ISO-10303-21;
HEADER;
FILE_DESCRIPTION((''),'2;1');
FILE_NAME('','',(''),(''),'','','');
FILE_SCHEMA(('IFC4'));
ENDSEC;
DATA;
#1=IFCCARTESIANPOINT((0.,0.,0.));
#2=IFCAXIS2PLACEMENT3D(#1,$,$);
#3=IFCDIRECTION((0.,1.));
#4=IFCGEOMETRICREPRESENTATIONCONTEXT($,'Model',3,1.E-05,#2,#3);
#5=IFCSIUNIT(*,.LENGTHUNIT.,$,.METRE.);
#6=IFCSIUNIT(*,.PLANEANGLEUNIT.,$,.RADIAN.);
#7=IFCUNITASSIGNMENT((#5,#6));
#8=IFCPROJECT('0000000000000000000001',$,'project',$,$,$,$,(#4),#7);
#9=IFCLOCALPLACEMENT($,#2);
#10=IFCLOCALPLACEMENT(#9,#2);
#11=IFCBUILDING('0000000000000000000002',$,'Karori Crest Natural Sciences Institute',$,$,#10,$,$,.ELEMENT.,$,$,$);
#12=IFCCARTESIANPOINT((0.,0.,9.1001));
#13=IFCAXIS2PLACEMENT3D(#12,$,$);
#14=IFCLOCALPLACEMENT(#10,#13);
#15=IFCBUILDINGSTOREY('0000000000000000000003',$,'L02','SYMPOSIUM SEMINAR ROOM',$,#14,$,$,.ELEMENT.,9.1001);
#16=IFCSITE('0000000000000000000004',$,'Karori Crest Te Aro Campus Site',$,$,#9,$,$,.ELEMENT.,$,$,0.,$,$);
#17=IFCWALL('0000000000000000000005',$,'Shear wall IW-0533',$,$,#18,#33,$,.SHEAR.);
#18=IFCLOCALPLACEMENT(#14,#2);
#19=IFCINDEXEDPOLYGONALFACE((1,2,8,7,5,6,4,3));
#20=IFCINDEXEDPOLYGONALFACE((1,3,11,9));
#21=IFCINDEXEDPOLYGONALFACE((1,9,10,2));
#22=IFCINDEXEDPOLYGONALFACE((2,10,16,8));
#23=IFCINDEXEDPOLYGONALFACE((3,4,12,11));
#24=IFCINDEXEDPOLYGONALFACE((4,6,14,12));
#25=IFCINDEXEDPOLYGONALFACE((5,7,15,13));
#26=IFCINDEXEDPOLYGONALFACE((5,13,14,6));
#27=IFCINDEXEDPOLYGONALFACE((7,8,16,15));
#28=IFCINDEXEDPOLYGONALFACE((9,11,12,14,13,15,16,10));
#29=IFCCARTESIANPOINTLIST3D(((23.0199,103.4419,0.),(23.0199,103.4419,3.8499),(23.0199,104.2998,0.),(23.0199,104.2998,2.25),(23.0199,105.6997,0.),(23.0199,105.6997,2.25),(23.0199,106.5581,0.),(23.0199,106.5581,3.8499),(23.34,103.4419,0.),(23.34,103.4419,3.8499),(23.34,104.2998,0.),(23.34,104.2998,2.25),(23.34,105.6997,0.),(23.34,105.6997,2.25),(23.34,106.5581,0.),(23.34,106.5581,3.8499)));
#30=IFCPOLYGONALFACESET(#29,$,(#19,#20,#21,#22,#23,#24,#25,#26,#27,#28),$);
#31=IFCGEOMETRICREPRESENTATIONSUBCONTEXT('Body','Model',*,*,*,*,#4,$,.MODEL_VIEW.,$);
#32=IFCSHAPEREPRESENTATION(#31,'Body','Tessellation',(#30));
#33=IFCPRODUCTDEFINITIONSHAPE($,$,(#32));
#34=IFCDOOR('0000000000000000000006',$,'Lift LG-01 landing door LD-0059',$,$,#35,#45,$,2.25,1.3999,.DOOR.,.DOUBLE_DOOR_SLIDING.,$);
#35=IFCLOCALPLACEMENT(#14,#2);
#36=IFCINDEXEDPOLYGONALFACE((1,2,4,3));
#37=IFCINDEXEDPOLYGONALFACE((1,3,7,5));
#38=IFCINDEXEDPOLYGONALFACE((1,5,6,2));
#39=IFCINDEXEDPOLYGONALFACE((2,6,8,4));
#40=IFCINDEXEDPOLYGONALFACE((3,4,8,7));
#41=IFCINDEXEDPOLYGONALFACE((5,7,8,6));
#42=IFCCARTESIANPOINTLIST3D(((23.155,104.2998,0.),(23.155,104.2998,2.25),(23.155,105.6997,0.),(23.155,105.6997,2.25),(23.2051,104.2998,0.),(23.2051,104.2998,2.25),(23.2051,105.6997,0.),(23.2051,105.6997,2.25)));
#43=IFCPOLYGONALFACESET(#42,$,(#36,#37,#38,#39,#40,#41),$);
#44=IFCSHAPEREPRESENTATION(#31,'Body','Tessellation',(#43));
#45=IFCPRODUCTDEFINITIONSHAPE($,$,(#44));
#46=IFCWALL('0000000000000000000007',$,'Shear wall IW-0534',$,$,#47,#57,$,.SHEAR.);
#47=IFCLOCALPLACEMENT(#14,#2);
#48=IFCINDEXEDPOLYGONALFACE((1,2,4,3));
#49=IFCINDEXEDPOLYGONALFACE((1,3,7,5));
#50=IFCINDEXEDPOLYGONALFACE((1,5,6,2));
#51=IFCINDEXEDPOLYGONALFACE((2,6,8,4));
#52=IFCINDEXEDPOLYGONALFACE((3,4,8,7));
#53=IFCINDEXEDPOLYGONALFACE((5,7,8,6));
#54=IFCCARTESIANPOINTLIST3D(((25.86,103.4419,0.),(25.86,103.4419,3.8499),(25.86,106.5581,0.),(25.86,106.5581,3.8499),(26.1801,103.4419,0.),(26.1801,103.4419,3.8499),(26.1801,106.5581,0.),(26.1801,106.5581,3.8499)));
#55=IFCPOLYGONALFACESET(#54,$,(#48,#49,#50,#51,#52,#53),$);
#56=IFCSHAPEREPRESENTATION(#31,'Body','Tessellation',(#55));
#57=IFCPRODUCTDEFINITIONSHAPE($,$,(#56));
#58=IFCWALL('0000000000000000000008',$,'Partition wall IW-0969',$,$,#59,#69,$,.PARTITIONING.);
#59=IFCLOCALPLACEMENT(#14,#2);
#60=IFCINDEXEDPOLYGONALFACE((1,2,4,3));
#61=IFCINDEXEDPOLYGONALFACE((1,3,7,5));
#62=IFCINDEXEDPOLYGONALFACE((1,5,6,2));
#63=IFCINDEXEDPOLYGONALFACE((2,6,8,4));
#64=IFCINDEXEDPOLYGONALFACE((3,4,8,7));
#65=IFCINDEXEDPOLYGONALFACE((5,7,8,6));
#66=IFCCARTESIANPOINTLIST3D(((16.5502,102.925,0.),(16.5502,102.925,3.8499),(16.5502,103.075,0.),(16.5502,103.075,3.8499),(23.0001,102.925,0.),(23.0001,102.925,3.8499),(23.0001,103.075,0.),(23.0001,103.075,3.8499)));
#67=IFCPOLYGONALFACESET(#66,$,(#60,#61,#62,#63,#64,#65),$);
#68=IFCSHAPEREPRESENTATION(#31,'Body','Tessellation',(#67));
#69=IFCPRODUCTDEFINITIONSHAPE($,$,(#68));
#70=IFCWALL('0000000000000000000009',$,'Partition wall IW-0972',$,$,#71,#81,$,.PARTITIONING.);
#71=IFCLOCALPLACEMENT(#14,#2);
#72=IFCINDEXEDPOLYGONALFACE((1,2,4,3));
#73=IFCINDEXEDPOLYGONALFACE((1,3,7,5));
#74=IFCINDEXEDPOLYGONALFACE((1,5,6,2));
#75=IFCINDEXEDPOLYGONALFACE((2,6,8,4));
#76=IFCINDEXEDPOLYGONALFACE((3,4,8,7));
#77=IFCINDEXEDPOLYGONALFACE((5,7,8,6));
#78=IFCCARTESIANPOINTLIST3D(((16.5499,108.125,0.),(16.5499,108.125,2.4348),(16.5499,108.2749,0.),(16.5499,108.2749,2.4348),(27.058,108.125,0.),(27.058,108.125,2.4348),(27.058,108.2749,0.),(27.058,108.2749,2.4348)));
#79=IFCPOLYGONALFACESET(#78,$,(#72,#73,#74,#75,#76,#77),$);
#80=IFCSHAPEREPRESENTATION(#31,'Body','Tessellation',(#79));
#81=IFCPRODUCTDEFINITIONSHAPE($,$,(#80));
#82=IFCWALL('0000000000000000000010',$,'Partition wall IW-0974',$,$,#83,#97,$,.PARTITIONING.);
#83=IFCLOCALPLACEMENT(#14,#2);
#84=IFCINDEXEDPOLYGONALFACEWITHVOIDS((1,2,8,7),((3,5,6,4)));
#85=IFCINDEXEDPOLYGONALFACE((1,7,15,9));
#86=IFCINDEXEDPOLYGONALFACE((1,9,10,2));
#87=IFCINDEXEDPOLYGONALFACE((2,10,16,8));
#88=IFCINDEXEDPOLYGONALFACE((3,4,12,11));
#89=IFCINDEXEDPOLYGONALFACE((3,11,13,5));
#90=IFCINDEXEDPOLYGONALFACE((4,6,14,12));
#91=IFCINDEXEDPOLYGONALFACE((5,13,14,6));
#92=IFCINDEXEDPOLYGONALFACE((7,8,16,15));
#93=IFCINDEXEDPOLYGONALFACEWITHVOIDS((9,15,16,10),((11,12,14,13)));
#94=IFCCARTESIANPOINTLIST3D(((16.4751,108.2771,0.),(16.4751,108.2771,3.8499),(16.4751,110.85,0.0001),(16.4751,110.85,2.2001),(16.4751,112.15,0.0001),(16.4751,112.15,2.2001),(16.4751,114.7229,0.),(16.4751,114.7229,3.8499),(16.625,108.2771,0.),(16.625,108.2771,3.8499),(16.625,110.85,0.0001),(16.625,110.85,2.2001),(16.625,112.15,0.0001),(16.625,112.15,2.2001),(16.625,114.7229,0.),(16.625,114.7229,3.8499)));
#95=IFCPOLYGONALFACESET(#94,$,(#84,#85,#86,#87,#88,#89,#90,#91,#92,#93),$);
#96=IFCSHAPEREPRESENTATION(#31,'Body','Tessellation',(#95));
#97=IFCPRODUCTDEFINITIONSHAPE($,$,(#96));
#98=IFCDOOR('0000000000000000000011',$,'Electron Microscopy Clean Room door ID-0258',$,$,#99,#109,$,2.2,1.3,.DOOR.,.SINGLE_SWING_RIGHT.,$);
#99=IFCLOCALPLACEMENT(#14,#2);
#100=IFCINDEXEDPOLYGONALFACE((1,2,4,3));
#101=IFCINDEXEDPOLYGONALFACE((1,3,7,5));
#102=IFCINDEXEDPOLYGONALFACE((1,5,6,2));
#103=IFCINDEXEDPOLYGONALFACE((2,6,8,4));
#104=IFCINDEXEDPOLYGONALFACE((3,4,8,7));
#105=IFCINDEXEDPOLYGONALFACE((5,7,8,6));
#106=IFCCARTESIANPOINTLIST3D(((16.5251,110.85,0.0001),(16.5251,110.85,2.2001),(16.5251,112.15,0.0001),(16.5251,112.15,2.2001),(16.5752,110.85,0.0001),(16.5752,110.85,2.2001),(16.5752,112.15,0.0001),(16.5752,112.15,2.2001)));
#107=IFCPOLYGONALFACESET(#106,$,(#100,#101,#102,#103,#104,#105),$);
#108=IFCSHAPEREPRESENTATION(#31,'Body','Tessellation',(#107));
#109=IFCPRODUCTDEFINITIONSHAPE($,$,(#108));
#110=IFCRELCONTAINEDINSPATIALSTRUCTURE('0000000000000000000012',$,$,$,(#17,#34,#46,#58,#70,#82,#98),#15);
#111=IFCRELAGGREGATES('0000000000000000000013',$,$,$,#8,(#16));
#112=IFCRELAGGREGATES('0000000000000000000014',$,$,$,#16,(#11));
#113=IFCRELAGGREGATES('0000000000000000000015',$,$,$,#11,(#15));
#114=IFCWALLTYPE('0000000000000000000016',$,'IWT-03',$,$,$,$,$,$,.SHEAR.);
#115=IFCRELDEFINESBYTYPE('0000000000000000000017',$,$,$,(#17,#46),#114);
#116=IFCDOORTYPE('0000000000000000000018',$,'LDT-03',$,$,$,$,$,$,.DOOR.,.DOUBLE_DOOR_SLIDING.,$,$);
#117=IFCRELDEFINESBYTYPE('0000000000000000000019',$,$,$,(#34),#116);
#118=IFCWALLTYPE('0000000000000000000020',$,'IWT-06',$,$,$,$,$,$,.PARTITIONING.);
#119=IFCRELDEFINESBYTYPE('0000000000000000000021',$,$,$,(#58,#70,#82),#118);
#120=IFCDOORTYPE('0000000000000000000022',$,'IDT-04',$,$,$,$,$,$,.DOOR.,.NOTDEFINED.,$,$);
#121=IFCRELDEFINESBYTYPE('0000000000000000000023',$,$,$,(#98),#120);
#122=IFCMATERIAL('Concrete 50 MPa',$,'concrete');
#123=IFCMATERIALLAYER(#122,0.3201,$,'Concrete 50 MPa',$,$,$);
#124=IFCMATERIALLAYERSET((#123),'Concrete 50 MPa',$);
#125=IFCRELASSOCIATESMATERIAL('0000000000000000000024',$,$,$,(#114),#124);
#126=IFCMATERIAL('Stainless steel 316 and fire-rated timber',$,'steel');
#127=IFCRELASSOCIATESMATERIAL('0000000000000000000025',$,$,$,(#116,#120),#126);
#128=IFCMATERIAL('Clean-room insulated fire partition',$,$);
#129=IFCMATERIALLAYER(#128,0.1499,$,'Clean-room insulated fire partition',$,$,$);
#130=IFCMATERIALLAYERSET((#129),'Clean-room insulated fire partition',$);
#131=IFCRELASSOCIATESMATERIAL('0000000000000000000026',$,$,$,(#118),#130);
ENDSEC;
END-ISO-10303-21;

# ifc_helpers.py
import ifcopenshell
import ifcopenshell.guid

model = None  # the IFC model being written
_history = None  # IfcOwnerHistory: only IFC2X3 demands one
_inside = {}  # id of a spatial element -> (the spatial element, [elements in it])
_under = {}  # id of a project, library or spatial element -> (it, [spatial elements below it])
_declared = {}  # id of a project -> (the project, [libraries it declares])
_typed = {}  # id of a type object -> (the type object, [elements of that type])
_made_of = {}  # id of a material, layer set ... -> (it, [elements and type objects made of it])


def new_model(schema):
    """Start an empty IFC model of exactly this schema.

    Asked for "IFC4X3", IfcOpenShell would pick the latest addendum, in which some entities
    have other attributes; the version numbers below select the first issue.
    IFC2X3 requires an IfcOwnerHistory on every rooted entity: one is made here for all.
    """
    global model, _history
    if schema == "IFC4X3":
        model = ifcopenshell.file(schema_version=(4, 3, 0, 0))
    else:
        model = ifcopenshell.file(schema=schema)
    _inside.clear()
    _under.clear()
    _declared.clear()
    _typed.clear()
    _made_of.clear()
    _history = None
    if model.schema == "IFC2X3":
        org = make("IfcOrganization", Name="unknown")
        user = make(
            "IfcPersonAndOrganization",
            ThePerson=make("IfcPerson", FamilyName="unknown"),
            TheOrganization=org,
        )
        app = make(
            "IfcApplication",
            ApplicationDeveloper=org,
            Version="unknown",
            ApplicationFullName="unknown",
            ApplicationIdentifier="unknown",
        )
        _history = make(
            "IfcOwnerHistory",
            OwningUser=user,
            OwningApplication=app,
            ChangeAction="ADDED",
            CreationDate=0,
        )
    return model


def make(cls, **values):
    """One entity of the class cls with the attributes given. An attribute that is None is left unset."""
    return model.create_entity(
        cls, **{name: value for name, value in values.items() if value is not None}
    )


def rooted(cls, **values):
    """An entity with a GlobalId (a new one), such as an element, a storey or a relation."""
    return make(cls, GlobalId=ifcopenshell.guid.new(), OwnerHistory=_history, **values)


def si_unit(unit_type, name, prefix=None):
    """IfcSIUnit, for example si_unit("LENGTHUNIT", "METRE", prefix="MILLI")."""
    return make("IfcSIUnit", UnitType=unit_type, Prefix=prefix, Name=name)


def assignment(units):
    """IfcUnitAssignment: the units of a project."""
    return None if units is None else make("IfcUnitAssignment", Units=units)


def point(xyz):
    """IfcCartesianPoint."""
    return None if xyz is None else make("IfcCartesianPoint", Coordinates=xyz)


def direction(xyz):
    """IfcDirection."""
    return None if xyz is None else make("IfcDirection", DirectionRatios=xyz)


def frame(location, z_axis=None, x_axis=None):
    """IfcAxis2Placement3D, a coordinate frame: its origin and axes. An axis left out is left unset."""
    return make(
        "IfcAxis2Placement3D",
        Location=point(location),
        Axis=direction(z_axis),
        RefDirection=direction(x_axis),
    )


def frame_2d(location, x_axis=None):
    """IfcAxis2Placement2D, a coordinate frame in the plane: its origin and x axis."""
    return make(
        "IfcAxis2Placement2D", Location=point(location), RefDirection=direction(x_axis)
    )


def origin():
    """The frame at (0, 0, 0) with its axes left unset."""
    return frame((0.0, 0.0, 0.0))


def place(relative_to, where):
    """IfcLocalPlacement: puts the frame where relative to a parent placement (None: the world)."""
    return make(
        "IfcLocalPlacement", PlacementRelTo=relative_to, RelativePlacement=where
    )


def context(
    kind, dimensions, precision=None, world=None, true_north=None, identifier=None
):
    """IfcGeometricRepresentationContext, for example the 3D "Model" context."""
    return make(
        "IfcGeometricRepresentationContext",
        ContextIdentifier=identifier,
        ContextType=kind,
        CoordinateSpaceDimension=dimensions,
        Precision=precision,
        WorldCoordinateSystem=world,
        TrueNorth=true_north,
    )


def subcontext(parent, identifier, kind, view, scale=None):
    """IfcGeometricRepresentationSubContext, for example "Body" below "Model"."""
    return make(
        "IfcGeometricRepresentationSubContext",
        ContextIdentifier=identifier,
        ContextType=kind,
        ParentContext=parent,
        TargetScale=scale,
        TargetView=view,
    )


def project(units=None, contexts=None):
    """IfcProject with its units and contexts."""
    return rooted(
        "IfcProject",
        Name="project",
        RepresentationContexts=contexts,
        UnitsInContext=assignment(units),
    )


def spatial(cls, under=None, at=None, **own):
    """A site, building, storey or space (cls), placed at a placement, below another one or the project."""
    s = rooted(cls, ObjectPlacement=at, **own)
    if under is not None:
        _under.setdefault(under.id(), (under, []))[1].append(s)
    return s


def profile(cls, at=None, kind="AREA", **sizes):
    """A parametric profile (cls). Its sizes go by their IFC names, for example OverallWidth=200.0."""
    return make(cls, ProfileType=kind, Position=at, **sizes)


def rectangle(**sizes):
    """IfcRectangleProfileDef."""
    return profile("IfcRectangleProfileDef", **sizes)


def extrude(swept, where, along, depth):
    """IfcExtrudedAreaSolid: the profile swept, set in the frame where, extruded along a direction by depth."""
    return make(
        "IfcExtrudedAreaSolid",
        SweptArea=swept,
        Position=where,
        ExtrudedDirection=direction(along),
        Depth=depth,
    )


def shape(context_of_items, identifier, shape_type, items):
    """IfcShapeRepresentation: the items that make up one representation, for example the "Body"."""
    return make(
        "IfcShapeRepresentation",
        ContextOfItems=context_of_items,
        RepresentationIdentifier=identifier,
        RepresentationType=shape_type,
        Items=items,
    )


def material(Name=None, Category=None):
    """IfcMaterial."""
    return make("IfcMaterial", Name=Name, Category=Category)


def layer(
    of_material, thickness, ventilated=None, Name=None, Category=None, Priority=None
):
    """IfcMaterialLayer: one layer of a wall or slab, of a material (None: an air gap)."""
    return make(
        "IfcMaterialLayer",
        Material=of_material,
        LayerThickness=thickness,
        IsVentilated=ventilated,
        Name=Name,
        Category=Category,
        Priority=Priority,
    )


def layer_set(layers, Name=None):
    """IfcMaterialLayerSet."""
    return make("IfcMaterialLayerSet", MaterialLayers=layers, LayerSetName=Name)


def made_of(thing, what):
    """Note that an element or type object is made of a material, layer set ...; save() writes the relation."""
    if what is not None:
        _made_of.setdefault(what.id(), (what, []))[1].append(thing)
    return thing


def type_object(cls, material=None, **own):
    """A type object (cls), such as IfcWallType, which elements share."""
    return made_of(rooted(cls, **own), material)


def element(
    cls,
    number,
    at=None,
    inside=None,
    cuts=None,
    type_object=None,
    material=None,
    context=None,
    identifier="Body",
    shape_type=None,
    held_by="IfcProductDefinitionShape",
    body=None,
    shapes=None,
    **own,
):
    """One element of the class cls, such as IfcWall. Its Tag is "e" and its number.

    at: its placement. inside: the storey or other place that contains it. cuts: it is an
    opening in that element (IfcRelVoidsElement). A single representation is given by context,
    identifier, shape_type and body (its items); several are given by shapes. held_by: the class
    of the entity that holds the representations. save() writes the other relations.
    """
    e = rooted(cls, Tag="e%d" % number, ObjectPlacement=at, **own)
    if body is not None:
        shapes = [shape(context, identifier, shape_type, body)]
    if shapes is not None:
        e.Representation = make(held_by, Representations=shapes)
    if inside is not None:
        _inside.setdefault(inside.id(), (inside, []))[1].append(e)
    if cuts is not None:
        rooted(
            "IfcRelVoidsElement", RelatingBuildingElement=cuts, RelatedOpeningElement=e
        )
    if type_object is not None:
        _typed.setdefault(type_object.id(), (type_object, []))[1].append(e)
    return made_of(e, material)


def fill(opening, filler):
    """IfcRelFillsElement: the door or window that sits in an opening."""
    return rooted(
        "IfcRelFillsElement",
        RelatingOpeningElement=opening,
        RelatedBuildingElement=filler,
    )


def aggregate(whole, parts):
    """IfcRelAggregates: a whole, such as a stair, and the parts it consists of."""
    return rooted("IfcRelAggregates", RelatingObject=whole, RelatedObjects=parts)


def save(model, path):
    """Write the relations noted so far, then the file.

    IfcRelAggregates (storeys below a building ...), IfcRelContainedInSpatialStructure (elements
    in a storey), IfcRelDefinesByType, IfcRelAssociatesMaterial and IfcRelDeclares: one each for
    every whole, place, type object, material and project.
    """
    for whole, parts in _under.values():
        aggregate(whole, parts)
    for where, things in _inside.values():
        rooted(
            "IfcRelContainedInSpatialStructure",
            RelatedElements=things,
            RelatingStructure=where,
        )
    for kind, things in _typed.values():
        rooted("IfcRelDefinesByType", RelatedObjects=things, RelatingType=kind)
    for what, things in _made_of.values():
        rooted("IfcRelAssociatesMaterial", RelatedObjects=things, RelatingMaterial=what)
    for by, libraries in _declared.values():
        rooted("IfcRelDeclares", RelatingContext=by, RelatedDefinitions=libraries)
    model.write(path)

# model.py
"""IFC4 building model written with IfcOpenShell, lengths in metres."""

from ifc_helpers import new_model, si_unit, direction, frame, frame_2d, origin, place, context, subcontext, project, spatial, rectangle, extrude, material, layer, layer_set, type_object, element, fill, save


model = new_model("IFC4")

# Units and contexts
model_context = context("Model", 3, precision=1e-05, world=origin(), true_north=direction((0.0, 1.0)))
body_context = subcontext(model_context, "Body", "Model", "MODEL_VIEW")
ifc_project = project(units=[si_unit("LENGTHUNIT", "METRE"), si_unit("PLANEANGLEUNIT", "RADIAN")], contexts=[model_context])

# Site, building, storey
site_placement = place(None, origin())
site = spatial("IfcSite", under=ifc_project, at=site_placement, Name="Karori Crest Te Aro Campus Site", CompositionType="ELEMENT", RefElevation=0.0)
building_placement = place(site_placement, origin())
building = spatial("IfcBuilding", under=site, at=building_placement, Name="Karori Crest Natural Sciences Institute", CompositionType="ELEMENT")
storey_placement = place(building_placement, frame((0.0, 0.0, 9.1001)))
storey = spatial("IfcBuildingStorey", under=building, at=storey_placement, Name="L02", Description="SYMPOSIUM SEMINAR ROOM", CompositionType="ELEMENT", Elevation=9.1001)

# Shared definitions
ifc_material_1 = material(Name="Concrete 50 MPa", Category="concrete")

# Shared definitions
ifc_layer_1 = layer(ifc_material_1, 0.3201, Name="Concrete 50 MPa")
ifc_layer_set_1 = layer_set([ifc_layer_1], Name="Concrete 50 MPa")
wall_type_1 = type_object("IfcWallType", Name="IWT-03", PredefinedType="SHEAR", material=ifc_layer_set_1)

# Wall, opening, door
wall_1_placement = place(storey_placement, frame((23.1799, 103.4419, 0.0), z_axis=(0.0, 0.0, 1.0), x_axis=(0.0, 1.0, 0.0)))
wall_1 = element("IfcWall", 1, at=wall_1_placement, inside=storey, type_object=wall_type_1, Name="Shear wall IW-0533", PredefinedType="SHEAR", context=body_context, shape_type="SweptSolid", body=[
    extrude(rectangle(XDim=3.1162, YDim=0.3201, at=frame_2d((1.5581, 0.0))), origin(), (0.0, 0.0, 1.0), 3.8499),
])
opening_1_placement = place(wall_1_placement, frame((0.8579, 0.0, 0.0)))
opening_1 = element("IfcOpeningElement", 2, at=opening_1_placement, cuts=wall_1, PredefinedType="OPENING", context=body_context, shape_type="SweptSolid", body=[
    extrude(rectangle(XDim=1.3999, YDim=2.25, at=frame_2d((0.7, 1.125))), frame((0.0, 0.1699, 0.0), z_axis=(0.0, -1.0, 0.0), x_axis=(1.0, 0.0, 0.0)), (0.0, 0.0, 1.0), 0.3401),
])
ifc_material_2 = material(Name="Stainless steel 316 and fire-rated timber", Category="steel")
door_type_1 = type_object("IfcDoorType", Name="LDT-03", OperationType="DOUBLE_DOOR_SLIDING", PredefinedType="DOOR", material=ifc_material_2)
door_1_placement = place(opening_1_placement, origin())
door_1 = element("IfcDoor", 3, at=door_1_placement, inside=storey, type_object=door_type_1, Name="Lift LG-01 landing door LD-0059", OperationType="DOUBLE_DOOR_SLIDING", OverallHeight=2.25, OverallWidth=1.3999, PredefinedType="DOOR", context=body_context, shape_type="SweptSolid", body=[
    extrude(rectangle(XDim=1.3999, YDim=2.25, at=frame_2d((0.7, 1.125))), frame((0.0, 0.0249, 0.0), z_axis=(0.0, -1.0, 0.0), x_axis=(1.0, 0.0, 0.0)), (0.0, 0.0, 1.0), 0.05),
])
fill(opening_1, door_1)

# Walls
wall_2_placement = place(storey_placement, frame((26.02, 103.4419, 0.0), z_axis=(0.0, 0.0, 1.0), x_axis=(0.0, 1.0, 0.0)))
element("IfcWall", 4, at=wall_2_placement, inside=storey, type_object=wall_type_1, Name="Shear wall IW-0534", PredefinedType="SHEAR", context=body_context, shape_type="SweptSolid", body=[
    extrude(rectangle(XDim=3.1162, YDim=0.3201, at=frame_2d((1.5581, 0.0))), origin(), (0.0, 0.0, 1.0), 3.8499),
])
ifc_material_3 = material(Name="Clean-room insulated fire partition")
ifc_layer_2 = layer(ifc_material_3, 0.1499, Name="Clean-room insulated fire partition")
ifc_layer_set_2 = layer_set([ifc_layer_2], Name="Clean-room insulated fire partition")
wall_type_2 = type_object("IfcWallType", Name="IWT-06", PredefinedType="PARTITIONING", material=ifc_layer_set_2)
wall_3_placement = place(storey_placement, frame((16.55, 103.0, 0.0), z_axis=(0.0, 0.0, 1.0), x_axis=(1.0, 0.0, 0.0)))
element("IfcWall", 5, at=wall_3_placement, inside=storey, type_object=wall_type_2, Name="Partition wall IW-0969", PredefinedType="PARTITIONING", context=body_context, shape_type="SweptSolid", body=[
    extrude(rectangle(XDim=6.45, YDim=0.1499, at=frame_2d((3.2251, 0.0))), origin(), (0.0, 0.0, 1.0), 3.8499),
])
wall_4_placement = place(storey_placement, frame((16.55, 108.2, 0.0), z_axis=(0.0, 0.0, 1.0), x_axis=(1.0, 0.0, 0.0)))
element("IfcWall", 6, at=wall_4_placement, inside=storey, type_object=wall_type_2, Name="Partition wall IW-0972", PredefinedType="PARTITIONING", context=body_context, shape_type="SweptSolid", body=[
    extrude(rectangle(XDim=10.5081, YDim=0.1499, at=frame_2d((5.2539, 0.0))), origin(), (0.0, 0.0, 1.0), 2.4348),
])

# Wall, opening, door
wall_5_placement = place(storey_placement, frame((16.55, 108.2771, 0.0), z_axis=(0.0, 0.0, 1.0), x_axis=(0.0, 1.0, 0.0)))
wall_5 = element("IfcWall", 7, at=wall_5_placement, inside=storey, type_object=wall_type_2, Name="Partition wall IW-0974", PredefinedType="PARTITIONING", context=body_context, shape_type="SweptSolid", body=[
    extrude(rectangle(XDim=6.4458, YDim=0.1499, at=frame_2d((3.2229, 0.0))), origin(), (0.0, 0.0, 1.0), 3.8499),
])
opening_2_placement = place(wall_5_placement, frame((2.573, 0.0, 0.0)))
opening_2 = element("IfcOpeningElement", 8, at=opening_2_placement, cuts=wall_5, PredefinedType="OPENING", context=body_context, shape_type="SweptSolid", body=[
    extrude(rectangle(XDim=1.3, YDim=2.2, at=frame_2d((0.6499, 1.1001))), frame((0.0, 0.085, 0.0), z_axis=(0.0, -1.0, 0.0), x_axis=(1.0, 0.0, 0.0)), (0.0, 0.0, 1.0), 0.1699),
])
door_type_2 = type_object("IfcDoorType", Name="IDT-04", OperationType="NOTDEFINED", PredefinedType="DOOR", material=ifc_material_2)
door_2_placement = place(opening_2_placement, origin())
door_2 = element("IfcDoor", 9, at=door_2_placement, inside=storey, type_object=door_type_2, Name="Electron Microscopy Clean Room door ID-0258", OperationType="SINGLE_SWING_RIGHT", OverallHeight=2.2, OverallWidth=1.3, PredefinedType="DOOR", context=body_context, shape_type="SweptSolid", body=[
    extrude(rectangle(XDim=1.3, YDim=2.2, at=frame_2d((0.6499, 1.1001))), frame((0.0, 0.0249, 0.0), z_axis=(0.0, -1.0, 0.0), x_axis=(1.0, 0.0, 0.0)), (0.0, 0.0, 1.0), 0.05),
])
fill(opening_2, door_2)

save(model, "model.ifc")
